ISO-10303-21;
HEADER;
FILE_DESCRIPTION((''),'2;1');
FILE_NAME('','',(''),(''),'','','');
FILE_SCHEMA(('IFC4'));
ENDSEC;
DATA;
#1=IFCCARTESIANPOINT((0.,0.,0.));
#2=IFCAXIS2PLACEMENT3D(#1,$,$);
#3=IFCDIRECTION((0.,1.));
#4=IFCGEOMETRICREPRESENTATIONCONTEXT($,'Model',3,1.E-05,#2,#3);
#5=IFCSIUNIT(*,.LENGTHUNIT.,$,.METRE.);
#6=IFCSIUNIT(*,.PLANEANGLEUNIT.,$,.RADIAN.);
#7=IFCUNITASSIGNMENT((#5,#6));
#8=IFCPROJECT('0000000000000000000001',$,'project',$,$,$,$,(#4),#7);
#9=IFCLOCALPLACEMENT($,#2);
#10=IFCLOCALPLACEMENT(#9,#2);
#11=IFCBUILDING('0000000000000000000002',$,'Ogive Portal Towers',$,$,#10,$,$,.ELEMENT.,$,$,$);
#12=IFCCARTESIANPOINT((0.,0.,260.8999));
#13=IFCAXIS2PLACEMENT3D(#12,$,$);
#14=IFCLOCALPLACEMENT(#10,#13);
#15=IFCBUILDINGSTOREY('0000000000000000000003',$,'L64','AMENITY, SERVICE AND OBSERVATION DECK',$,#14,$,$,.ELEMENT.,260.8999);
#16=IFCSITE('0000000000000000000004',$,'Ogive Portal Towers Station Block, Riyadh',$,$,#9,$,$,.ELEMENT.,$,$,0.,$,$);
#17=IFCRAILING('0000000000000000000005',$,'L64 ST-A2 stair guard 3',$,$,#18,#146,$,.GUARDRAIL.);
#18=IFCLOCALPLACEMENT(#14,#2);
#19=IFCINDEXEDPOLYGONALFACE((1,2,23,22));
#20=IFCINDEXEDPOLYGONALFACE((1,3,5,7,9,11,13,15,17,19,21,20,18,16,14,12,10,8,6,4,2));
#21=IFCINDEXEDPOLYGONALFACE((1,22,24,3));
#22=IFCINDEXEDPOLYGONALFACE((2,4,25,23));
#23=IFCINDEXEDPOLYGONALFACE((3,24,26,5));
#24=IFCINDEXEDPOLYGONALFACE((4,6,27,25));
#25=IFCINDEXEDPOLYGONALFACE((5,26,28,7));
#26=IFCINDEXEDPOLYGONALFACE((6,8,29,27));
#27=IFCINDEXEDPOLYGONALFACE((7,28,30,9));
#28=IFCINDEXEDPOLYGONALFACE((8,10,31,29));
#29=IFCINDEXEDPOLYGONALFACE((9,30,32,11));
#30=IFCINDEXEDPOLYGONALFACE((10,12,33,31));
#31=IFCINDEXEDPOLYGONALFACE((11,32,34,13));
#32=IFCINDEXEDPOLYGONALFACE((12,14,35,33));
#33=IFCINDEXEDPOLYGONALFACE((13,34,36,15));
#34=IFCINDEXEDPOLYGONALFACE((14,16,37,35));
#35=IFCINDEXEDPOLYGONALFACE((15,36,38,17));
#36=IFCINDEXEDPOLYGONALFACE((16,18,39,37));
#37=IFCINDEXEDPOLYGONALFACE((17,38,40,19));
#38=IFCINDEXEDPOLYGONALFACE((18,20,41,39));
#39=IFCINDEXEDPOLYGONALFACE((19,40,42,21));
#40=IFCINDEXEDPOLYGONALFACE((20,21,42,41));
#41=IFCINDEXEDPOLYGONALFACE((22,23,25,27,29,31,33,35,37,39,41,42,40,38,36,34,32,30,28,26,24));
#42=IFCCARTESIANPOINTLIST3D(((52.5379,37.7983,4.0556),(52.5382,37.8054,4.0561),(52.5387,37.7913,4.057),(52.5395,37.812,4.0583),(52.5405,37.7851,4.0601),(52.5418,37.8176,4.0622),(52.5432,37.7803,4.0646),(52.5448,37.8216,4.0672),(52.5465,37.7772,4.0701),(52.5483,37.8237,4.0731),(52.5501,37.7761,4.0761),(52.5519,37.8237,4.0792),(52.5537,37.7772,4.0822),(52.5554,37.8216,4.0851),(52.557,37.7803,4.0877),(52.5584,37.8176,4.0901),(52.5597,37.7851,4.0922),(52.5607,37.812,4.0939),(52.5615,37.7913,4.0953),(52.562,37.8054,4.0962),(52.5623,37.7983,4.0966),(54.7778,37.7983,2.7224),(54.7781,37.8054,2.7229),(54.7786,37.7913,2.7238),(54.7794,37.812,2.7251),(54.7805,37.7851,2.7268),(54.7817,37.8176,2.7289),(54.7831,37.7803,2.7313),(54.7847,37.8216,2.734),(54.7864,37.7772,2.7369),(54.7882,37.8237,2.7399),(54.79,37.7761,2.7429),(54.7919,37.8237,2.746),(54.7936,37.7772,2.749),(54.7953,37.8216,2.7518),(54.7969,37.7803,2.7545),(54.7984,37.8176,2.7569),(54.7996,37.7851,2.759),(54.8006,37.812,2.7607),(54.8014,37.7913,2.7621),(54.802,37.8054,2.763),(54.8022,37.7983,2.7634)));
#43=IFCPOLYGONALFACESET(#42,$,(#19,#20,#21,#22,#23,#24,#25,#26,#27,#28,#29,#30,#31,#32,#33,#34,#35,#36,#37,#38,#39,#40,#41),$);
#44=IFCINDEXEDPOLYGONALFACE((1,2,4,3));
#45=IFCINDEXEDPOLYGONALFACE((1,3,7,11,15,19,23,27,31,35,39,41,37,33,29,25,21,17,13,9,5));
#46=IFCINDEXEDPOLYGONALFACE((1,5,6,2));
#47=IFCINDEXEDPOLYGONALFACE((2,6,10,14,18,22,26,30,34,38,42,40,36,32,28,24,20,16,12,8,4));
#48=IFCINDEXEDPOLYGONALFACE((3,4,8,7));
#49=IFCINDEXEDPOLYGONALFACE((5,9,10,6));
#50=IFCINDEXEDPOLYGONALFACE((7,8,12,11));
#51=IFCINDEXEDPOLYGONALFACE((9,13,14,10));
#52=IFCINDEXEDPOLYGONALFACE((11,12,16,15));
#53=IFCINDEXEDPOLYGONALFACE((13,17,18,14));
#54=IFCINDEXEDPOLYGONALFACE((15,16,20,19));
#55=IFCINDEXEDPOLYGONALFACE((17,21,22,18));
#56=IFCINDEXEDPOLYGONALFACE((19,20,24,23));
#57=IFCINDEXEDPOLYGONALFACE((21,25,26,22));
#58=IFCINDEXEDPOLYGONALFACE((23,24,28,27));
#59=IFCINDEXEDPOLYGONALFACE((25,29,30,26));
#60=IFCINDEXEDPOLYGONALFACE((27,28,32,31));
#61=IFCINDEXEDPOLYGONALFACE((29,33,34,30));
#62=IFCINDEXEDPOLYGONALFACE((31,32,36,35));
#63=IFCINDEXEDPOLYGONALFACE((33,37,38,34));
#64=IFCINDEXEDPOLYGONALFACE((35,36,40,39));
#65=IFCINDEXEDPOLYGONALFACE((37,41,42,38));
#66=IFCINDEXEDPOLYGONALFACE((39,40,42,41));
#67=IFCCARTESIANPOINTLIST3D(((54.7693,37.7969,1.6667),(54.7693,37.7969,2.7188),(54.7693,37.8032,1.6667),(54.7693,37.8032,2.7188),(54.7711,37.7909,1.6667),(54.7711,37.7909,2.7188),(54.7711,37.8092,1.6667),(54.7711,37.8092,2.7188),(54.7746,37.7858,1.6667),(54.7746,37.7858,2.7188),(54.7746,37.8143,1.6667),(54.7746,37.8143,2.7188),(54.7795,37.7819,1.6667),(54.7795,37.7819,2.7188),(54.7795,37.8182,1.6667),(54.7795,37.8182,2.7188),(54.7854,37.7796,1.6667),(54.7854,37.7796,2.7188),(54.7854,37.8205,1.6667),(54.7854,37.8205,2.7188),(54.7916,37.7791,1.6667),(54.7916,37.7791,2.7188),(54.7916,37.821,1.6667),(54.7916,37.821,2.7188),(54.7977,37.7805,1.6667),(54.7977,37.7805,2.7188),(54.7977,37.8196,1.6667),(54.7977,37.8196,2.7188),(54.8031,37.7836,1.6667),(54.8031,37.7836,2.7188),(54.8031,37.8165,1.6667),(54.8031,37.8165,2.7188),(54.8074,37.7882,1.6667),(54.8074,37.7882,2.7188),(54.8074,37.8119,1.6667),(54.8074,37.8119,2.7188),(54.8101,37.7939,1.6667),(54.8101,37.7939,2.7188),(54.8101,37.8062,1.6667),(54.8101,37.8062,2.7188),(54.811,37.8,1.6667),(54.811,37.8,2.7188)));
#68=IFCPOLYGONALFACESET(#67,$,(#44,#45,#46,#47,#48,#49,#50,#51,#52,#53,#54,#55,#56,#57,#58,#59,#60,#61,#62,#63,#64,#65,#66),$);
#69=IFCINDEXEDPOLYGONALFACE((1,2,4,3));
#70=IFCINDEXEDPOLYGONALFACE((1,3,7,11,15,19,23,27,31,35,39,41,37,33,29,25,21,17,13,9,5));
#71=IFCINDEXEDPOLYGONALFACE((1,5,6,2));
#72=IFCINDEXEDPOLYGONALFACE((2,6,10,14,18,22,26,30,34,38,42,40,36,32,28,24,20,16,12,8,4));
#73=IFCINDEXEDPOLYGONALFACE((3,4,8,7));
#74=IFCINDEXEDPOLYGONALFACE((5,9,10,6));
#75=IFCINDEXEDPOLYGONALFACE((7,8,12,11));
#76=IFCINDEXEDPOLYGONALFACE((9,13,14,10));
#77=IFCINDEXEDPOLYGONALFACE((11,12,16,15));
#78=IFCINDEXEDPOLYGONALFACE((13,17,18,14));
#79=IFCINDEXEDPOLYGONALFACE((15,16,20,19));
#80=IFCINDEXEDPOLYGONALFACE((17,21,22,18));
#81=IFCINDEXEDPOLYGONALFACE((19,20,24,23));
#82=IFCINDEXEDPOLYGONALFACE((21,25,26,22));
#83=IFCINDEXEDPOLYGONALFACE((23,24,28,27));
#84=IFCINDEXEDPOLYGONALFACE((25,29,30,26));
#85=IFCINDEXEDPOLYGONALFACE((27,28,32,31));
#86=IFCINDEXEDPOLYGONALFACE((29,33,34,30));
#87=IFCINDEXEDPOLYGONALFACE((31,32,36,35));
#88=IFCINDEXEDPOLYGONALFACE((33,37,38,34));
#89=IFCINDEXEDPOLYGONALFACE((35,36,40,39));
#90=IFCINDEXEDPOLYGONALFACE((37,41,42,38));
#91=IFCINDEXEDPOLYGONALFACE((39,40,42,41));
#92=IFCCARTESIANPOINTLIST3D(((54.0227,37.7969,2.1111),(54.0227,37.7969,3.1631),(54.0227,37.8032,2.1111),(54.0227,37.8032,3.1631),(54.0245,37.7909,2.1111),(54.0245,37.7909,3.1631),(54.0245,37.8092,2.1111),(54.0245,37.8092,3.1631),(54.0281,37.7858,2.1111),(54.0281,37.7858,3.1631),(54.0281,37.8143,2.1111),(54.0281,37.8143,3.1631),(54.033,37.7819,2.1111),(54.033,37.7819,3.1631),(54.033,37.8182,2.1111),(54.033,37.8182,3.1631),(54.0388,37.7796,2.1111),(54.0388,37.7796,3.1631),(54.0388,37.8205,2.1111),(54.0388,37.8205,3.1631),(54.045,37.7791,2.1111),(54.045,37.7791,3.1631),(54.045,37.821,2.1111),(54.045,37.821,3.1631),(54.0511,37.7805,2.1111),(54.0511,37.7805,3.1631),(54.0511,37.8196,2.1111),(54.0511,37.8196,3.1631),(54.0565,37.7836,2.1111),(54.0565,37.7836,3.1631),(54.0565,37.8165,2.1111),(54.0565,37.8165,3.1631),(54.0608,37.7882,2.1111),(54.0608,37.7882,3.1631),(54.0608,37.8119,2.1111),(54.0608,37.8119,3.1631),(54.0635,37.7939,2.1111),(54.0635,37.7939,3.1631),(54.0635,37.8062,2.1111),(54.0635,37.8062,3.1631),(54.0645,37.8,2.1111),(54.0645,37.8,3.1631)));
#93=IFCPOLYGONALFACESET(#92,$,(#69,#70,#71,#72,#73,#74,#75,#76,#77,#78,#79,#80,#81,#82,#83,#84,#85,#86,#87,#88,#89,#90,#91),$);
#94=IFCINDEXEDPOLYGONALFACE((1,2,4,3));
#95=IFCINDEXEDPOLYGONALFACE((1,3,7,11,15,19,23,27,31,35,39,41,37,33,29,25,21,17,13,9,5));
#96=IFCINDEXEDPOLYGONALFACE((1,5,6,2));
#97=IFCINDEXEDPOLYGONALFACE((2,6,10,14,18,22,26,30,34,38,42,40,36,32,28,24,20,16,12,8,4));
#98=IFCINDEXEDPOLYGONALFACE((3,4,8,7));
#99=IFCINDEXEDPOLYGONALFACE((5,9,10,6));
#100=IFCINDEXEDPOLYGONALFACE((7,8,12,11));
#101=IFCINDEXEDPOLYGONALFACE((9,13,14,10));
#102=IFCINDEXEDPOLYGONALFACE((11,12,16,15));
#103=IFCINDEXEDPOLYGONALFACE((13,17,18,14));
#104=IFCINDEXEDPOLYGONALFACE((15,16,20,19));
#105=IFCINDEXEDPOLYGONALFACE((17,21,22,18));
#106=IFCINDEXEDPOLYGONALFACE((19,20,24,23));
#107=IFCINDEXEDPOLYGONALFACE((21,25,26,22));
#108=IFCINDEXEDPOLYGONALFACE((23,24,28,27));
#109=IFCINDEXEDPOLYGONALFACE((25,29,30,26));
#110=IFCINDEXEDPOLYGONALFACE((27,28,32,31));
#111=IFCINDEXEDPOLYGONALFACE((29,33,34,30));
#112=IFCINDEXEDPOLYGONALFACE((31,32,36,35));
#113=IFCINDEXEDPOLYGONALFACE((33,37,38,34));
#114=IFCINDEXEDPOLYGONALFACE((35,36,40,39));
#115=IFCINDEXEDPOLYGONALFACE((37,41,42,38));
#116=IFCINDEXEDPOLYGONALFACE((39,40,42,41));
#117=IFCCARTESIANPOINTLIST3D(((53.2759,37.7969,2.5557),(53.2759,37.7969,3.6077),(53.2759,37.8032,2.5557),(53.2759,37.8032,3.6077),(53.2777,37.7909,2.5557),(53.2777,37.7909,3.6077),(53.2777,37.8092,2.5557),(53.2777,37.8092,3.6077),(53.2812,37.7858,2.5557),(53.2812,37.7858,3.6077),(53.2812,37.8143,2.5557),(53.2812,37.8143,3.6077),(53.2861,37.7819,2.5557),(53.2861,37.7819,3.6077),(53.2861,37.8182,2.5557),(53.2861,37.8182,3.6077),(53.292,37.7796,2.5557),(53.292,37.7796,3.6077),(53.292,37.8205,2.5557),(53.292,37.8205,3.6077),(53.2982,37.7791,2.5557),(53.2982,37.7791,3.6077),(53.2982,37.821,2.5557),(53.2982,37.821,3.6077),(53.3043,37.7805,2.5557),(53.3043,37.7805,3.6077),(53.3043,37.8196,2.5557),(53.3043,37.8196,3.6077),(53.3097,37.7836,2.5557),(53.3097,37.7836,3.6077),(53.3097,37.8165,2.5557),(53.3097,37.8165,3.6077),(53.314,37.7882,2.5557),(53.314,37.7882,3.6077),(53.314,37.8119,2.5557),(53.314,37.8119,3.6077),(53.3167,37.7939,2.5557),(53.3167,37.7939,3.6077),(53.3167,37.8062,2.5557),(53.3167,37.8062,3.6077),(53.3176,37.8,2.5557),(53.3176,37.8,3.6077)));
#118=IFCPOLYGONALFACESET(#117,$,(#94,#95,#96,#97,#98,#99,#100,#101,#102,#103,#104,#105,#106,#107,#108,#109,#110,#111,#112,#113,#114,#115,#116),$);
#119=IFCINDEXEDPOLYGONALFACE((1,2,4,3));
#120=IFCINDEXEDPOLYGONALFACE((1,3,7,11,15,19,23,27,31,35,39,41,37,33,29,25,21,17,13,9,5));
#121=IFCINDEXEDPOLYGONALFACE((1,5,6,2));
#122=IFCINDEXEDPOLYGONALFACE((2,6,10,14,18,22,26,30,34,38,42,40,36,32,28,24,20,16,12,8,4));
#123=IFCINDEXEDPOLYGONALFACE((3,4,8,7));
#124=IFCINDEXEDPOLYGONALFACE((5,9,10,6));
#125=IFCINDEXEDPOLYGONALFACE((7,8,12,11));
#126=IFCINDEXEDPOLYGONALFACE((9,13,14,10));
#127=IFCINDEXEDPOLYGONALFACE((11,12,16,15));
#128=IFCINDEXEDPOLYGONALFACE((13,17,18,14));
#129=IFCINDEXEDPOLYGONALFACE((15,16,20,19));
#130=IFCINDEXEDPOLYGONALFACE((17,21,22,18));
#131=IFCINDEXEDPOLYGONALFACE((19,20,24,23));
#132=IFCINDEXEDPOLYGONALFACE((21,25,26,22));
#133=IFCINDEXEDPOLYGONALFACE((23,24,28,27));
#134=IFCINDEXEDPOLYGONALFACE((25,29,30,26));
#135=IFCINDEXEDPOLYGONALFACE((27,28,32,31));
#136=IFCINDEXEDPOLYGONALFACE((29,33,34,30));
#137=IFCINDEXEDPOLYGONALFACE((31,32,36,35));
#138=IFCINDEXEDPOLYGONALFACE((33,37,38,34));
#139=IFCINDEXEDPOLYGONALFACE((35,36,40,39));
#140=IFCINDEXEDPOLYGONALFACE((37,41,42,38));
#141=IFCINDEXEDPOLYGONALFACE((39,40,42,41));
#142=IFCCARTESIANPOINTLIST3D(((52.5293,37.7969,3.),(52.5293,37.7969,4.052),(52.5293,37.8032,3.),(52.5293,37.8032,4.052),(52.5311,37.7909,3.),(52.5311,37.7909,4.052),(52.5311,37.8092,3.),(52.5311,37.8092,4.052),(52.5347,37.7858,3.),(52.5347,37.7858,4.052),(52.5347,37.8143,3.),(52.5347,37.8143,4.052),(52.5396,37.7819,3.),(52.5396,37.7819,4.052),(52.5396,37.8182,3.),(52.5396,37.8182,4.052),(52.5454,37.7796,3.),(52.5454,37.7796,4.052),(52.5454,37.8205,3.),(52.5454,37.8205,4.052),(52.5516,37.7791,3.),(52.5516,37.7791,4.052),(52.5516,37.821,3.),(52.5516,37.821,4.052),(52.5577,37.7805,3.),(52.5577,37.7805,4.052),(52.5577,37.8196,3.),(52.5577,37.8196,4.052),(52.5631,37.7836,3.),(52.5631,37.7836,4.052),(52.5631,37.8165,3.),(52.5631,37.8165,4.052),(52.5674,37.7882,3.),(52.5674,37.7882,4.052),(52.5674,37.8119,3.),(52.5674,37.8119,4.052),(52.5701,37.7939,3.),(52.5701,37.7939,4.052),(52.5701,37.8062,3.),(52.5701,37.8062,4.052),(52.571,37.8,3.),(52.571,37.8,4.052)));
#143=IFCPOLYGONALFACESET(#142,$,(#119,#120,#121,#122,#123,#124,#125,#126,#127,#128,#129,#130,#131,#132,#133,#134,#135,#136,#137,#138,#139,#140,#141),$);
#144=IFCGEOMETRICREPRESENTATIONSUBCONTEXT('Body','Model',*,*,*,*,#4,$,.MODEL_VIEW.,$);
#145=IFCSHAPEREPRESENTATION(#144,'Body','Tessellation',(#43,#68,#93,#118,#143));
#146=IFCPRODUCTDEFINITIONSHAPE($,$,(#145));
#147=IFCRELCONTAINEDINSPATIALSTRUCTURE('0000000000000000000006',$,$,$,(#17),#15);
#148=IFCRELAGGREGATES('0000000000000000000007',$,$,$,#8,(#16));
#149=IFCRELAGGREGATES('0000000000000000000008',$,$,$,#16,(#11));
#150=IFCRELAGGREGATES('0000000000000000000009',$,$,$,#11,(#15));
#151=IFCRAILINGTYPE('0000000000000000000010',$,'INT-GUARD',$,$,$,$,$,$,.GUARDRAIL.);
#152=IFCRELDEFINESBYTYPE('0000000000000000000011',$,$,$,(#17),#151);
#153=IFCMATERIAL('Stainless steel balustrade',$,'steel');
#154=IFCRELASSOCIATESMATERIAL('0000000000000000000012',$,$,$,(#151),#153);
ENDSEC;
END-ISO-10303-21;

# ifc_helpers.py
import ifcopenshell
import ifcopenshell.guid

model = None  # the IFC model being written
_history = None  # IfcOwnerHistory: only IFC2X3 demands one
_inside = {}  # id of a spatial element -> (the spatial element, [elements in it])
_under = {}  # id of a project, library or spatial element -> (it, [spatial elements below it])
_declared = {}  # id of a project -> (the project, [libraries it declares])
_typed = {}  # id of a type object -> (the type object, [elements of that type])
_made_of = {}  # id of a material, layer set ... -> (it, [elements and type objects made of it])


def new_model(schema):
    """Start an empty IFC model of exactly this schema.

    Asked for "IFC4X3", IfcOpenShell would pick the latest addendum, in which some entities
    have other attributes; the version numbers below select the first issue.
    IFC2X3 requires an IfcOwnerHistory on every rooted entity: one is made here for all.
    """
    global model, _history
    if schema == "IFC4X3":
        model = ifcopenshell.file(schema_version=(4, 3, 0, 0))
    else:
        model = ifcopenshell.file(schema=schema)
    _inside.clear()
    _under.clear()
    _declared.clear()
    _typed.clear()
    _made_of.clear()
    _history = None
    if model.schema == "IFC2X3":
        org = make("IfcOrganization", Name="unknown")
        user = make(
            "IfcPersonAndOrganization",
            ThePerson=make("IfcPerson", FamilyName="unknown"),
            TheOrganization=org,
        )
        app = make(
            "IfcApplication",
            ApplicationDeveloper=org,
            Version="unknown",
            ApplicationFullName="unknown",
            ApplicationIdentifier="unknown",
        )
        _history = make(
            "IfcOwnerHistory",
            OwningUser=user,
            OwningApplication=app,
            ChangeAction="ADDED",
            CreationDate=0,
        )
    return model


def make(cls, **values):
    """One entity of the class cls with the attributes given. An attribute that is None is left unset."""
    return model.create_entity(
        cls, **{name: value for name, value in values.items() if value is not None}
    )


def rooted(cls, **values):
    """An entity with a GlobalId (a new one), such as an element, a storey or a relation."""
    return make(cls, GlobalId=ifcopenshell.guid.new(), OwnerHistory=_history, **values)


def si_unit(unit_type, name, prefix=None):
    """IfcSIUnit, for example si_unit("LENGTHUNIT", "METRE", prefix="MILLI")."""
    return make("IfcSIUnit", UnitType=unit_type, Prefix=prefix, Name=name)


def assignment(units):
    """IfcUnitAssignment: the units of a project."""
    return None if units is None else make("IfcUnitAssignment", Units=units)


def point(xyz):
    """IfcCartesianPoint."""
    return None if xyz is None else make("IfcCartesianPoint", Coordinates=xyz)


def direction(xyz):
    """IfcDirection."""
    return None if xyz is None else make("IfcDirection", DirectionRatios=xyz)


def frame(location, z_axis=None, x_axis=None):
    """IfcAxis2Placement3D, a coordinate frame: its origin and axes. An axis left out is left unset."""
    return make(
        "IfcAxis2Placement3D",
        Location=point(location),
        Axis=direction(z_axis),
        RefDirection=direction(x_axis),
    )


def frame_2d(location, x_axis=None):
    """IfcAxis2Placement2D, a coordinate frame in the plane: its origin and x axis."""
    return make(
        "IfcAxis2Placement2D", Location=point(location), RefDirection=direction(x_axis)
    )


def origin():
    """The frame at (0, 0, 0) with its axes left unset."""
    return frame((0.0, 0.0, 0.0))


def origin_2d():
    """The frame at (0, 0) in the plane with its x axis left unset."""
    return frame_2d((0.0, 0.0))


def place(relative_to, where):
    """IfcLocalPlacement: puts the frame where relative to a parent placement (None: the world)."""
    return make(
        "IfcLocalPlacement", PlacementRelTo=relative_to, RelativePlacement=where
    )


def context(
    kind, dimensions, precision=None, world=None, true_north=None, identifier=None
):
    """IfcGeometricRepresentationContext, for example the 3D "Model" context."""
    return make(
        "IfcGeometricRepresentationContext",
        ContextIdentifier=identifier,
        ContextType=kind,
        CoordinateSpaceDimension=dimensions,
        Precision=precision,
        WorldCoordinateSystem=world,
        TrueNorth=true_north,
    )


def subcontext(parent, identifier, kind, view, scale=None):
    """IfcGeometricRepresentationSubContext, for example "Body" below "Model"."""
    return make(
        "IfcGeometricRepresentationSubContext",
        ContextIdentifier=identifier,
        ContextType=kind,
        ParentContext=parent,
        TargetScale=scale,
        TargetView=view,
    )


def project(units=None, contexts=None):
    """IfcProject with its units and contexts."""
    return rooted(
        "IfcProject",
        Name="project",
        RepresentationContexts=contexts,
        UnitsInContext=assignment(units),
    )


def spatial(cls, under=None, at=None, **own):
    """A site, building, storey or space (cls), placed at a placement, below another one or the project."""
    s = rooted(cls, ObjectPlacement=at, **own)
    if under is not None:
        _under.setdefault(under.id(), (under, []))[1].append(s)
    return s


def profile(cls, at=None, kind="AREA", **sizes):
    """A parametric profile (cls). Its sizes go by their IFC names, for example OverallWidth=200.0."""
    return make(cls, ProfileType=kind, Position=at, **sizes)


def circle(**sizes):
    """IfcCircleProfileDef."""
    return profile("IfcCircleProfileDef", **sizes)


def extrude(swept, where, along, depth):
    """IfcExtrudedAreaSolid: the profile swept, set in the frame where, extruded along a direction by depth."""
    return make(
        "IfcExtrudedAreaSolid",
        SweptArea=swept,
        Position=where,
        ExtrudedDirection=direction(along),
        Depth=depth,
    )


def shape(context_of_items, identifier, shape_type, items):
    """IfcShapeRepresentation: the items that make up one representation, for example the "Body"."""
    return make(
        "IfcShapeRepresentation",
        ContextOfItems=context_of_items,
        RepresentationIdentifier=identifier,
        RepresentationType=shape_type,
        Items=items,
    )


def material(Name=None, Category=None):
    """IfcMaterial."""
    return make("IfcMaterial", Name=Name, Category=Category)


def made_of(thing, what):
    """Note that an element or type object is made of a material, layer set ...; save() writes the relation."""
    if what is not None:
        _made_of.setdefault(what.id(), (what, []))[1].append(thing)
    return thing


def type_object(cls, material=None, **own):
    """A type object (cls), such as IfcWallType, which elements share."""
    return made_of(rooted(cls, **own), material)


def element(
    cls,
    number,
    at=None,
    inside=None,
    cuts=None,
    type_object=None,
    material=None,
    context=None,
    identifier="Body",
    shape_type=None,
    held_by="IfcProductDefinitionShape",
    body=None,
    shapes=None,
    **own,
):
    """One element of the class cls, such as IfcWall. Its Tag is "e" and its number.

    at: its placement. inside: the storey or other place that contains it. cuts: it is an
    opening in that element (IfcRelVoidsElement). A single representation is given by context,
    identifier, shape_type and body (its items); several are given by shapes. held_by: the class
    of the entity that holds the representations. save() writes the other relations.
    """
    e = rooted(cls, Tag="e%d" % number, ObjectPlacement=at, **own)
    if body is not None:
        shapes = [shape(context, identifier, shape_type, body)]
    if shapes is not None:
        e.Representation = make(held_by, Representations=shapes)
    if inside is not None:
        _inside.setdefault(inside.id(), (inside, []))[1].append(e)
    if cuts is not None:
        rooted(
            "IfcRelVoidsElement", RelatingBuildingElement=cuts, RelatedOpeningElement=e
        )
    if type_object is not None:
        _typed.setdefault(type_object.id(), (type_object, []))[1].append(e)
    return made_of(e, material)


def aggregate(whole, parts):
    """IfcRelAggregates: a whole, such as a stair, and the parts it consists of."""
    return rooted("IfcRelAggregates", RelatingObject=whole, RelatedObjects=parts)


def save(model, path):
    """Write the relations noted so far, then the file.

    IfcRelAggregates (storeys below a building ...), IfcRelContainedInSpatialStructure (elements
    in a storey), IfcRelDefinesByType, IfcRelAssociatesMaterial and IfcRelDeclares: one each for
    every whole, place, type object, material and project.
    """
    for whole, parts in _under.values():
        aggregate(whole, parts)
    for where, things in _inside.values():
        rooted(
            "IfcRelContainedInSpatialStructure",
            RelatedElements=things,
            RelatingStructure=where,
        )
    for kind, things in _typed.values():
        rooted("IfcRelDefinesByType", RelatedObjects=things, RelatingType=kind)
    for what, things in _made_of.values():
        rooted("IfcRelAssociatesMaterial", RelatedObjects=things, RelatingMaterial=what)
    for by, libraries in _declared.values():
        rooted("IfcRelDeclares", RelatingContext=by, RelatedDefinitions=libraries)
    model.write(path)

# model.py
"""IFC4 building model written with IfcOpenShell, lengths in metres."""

from ifc_helpers import new_model, si_unit, direction, frame, origin, origin_2d, place, context, subcontext, project, spatial, circle, extrude, material, type_object, element, save


model = new_model("IFC4")

# Units and contexts
model_context = context("Model", 3, precision=1e-05, world=origin(), true_north=direction((0.0, 1.0)))
body_context = subcontext(model_context, "Body", "Model", "MODEL_VIEW")
ifc_project = project(units=[si_unit("LENGTHUNIT", "METRE"), si_unit("PLANEANGLEUNIT", "RADIAN")], contexts=[model_context])

# Site, building, storey
site_placement = place(None, origin())
site = spatial("IfcSite", under=ifc_project, at=site_placement, Name="Ogive Portal Towers Station Block, Riyadh", CompositionType="ELEMENT", RefElevation=0.0)
building_placement = place(site_placement, origin())
building = spatial("IfcBuilding", under=site, at=building_placement, Name="Ogive Portal Towers", CompositionType="ELEMENT")
storey_placement = place(building_placement, frame((0.0, 0.0, 260.8999)))
storey = spatial("IfcBuildingStorey", under=building, at=storey_placement, Name="L64", Description="AMENITY, SERVICE AND OBSERVATION DECK", CompositionType="ELEMENT", Elevation=260.8999)

# Railing
ifc_material_1 = material(Name="Stainless steel balustrade", Category="steel")
railing_type_1 = type_object("IfcRailingType", Name="INT-GUARD", PredefinedType="GUARDRAIL", material=ifc_material_1)
railing_1_placement = place(storey_placement, frame((54.79, 37.8, 1.6667)))
element("IfcRailing", 1, at=railing_1_placement, inside=storey, type_object=railing_type_1, Name="L64 ST-A2 stair guard 3", PredefinedType="GUARDRAIL", context=body_context, shape_type="SweptSolid", body=[
    extrude(circle(Radius=0.0239, at=origin_2d()), frame((0.0, 0.0, 1.0762), z_axis=(-0.859306, 0.0, 0.511462), x_axis=(0.0, -1.0, 0.0)), (0.0, 0.0, 1.0), 2.6067),
    extrude(circle(Radius=0.021, at=origin_2d()), origin(), (0.0, 0.0, 1.0), 1.052),
    extrude(circle(Radius=0.021, at=origin_2d()), frame((-0.7466, 0.0, 0.4443)), (0.0, 0.0, 1.0), 1.052),
    extrude(circle(Radius=0.021, at=origin_2d()), frame((-1.4934, 0.0, 0.8889)), (0.0, 0.0, 1.0), 1.052),
    extrude(circle(Radius=0.021, at=origin_2d()), frame((-2.24, 0.0, 1.3333)), (0.0, 0.0, 1.0), 1.052),
])

save(model, "model.ifc")
